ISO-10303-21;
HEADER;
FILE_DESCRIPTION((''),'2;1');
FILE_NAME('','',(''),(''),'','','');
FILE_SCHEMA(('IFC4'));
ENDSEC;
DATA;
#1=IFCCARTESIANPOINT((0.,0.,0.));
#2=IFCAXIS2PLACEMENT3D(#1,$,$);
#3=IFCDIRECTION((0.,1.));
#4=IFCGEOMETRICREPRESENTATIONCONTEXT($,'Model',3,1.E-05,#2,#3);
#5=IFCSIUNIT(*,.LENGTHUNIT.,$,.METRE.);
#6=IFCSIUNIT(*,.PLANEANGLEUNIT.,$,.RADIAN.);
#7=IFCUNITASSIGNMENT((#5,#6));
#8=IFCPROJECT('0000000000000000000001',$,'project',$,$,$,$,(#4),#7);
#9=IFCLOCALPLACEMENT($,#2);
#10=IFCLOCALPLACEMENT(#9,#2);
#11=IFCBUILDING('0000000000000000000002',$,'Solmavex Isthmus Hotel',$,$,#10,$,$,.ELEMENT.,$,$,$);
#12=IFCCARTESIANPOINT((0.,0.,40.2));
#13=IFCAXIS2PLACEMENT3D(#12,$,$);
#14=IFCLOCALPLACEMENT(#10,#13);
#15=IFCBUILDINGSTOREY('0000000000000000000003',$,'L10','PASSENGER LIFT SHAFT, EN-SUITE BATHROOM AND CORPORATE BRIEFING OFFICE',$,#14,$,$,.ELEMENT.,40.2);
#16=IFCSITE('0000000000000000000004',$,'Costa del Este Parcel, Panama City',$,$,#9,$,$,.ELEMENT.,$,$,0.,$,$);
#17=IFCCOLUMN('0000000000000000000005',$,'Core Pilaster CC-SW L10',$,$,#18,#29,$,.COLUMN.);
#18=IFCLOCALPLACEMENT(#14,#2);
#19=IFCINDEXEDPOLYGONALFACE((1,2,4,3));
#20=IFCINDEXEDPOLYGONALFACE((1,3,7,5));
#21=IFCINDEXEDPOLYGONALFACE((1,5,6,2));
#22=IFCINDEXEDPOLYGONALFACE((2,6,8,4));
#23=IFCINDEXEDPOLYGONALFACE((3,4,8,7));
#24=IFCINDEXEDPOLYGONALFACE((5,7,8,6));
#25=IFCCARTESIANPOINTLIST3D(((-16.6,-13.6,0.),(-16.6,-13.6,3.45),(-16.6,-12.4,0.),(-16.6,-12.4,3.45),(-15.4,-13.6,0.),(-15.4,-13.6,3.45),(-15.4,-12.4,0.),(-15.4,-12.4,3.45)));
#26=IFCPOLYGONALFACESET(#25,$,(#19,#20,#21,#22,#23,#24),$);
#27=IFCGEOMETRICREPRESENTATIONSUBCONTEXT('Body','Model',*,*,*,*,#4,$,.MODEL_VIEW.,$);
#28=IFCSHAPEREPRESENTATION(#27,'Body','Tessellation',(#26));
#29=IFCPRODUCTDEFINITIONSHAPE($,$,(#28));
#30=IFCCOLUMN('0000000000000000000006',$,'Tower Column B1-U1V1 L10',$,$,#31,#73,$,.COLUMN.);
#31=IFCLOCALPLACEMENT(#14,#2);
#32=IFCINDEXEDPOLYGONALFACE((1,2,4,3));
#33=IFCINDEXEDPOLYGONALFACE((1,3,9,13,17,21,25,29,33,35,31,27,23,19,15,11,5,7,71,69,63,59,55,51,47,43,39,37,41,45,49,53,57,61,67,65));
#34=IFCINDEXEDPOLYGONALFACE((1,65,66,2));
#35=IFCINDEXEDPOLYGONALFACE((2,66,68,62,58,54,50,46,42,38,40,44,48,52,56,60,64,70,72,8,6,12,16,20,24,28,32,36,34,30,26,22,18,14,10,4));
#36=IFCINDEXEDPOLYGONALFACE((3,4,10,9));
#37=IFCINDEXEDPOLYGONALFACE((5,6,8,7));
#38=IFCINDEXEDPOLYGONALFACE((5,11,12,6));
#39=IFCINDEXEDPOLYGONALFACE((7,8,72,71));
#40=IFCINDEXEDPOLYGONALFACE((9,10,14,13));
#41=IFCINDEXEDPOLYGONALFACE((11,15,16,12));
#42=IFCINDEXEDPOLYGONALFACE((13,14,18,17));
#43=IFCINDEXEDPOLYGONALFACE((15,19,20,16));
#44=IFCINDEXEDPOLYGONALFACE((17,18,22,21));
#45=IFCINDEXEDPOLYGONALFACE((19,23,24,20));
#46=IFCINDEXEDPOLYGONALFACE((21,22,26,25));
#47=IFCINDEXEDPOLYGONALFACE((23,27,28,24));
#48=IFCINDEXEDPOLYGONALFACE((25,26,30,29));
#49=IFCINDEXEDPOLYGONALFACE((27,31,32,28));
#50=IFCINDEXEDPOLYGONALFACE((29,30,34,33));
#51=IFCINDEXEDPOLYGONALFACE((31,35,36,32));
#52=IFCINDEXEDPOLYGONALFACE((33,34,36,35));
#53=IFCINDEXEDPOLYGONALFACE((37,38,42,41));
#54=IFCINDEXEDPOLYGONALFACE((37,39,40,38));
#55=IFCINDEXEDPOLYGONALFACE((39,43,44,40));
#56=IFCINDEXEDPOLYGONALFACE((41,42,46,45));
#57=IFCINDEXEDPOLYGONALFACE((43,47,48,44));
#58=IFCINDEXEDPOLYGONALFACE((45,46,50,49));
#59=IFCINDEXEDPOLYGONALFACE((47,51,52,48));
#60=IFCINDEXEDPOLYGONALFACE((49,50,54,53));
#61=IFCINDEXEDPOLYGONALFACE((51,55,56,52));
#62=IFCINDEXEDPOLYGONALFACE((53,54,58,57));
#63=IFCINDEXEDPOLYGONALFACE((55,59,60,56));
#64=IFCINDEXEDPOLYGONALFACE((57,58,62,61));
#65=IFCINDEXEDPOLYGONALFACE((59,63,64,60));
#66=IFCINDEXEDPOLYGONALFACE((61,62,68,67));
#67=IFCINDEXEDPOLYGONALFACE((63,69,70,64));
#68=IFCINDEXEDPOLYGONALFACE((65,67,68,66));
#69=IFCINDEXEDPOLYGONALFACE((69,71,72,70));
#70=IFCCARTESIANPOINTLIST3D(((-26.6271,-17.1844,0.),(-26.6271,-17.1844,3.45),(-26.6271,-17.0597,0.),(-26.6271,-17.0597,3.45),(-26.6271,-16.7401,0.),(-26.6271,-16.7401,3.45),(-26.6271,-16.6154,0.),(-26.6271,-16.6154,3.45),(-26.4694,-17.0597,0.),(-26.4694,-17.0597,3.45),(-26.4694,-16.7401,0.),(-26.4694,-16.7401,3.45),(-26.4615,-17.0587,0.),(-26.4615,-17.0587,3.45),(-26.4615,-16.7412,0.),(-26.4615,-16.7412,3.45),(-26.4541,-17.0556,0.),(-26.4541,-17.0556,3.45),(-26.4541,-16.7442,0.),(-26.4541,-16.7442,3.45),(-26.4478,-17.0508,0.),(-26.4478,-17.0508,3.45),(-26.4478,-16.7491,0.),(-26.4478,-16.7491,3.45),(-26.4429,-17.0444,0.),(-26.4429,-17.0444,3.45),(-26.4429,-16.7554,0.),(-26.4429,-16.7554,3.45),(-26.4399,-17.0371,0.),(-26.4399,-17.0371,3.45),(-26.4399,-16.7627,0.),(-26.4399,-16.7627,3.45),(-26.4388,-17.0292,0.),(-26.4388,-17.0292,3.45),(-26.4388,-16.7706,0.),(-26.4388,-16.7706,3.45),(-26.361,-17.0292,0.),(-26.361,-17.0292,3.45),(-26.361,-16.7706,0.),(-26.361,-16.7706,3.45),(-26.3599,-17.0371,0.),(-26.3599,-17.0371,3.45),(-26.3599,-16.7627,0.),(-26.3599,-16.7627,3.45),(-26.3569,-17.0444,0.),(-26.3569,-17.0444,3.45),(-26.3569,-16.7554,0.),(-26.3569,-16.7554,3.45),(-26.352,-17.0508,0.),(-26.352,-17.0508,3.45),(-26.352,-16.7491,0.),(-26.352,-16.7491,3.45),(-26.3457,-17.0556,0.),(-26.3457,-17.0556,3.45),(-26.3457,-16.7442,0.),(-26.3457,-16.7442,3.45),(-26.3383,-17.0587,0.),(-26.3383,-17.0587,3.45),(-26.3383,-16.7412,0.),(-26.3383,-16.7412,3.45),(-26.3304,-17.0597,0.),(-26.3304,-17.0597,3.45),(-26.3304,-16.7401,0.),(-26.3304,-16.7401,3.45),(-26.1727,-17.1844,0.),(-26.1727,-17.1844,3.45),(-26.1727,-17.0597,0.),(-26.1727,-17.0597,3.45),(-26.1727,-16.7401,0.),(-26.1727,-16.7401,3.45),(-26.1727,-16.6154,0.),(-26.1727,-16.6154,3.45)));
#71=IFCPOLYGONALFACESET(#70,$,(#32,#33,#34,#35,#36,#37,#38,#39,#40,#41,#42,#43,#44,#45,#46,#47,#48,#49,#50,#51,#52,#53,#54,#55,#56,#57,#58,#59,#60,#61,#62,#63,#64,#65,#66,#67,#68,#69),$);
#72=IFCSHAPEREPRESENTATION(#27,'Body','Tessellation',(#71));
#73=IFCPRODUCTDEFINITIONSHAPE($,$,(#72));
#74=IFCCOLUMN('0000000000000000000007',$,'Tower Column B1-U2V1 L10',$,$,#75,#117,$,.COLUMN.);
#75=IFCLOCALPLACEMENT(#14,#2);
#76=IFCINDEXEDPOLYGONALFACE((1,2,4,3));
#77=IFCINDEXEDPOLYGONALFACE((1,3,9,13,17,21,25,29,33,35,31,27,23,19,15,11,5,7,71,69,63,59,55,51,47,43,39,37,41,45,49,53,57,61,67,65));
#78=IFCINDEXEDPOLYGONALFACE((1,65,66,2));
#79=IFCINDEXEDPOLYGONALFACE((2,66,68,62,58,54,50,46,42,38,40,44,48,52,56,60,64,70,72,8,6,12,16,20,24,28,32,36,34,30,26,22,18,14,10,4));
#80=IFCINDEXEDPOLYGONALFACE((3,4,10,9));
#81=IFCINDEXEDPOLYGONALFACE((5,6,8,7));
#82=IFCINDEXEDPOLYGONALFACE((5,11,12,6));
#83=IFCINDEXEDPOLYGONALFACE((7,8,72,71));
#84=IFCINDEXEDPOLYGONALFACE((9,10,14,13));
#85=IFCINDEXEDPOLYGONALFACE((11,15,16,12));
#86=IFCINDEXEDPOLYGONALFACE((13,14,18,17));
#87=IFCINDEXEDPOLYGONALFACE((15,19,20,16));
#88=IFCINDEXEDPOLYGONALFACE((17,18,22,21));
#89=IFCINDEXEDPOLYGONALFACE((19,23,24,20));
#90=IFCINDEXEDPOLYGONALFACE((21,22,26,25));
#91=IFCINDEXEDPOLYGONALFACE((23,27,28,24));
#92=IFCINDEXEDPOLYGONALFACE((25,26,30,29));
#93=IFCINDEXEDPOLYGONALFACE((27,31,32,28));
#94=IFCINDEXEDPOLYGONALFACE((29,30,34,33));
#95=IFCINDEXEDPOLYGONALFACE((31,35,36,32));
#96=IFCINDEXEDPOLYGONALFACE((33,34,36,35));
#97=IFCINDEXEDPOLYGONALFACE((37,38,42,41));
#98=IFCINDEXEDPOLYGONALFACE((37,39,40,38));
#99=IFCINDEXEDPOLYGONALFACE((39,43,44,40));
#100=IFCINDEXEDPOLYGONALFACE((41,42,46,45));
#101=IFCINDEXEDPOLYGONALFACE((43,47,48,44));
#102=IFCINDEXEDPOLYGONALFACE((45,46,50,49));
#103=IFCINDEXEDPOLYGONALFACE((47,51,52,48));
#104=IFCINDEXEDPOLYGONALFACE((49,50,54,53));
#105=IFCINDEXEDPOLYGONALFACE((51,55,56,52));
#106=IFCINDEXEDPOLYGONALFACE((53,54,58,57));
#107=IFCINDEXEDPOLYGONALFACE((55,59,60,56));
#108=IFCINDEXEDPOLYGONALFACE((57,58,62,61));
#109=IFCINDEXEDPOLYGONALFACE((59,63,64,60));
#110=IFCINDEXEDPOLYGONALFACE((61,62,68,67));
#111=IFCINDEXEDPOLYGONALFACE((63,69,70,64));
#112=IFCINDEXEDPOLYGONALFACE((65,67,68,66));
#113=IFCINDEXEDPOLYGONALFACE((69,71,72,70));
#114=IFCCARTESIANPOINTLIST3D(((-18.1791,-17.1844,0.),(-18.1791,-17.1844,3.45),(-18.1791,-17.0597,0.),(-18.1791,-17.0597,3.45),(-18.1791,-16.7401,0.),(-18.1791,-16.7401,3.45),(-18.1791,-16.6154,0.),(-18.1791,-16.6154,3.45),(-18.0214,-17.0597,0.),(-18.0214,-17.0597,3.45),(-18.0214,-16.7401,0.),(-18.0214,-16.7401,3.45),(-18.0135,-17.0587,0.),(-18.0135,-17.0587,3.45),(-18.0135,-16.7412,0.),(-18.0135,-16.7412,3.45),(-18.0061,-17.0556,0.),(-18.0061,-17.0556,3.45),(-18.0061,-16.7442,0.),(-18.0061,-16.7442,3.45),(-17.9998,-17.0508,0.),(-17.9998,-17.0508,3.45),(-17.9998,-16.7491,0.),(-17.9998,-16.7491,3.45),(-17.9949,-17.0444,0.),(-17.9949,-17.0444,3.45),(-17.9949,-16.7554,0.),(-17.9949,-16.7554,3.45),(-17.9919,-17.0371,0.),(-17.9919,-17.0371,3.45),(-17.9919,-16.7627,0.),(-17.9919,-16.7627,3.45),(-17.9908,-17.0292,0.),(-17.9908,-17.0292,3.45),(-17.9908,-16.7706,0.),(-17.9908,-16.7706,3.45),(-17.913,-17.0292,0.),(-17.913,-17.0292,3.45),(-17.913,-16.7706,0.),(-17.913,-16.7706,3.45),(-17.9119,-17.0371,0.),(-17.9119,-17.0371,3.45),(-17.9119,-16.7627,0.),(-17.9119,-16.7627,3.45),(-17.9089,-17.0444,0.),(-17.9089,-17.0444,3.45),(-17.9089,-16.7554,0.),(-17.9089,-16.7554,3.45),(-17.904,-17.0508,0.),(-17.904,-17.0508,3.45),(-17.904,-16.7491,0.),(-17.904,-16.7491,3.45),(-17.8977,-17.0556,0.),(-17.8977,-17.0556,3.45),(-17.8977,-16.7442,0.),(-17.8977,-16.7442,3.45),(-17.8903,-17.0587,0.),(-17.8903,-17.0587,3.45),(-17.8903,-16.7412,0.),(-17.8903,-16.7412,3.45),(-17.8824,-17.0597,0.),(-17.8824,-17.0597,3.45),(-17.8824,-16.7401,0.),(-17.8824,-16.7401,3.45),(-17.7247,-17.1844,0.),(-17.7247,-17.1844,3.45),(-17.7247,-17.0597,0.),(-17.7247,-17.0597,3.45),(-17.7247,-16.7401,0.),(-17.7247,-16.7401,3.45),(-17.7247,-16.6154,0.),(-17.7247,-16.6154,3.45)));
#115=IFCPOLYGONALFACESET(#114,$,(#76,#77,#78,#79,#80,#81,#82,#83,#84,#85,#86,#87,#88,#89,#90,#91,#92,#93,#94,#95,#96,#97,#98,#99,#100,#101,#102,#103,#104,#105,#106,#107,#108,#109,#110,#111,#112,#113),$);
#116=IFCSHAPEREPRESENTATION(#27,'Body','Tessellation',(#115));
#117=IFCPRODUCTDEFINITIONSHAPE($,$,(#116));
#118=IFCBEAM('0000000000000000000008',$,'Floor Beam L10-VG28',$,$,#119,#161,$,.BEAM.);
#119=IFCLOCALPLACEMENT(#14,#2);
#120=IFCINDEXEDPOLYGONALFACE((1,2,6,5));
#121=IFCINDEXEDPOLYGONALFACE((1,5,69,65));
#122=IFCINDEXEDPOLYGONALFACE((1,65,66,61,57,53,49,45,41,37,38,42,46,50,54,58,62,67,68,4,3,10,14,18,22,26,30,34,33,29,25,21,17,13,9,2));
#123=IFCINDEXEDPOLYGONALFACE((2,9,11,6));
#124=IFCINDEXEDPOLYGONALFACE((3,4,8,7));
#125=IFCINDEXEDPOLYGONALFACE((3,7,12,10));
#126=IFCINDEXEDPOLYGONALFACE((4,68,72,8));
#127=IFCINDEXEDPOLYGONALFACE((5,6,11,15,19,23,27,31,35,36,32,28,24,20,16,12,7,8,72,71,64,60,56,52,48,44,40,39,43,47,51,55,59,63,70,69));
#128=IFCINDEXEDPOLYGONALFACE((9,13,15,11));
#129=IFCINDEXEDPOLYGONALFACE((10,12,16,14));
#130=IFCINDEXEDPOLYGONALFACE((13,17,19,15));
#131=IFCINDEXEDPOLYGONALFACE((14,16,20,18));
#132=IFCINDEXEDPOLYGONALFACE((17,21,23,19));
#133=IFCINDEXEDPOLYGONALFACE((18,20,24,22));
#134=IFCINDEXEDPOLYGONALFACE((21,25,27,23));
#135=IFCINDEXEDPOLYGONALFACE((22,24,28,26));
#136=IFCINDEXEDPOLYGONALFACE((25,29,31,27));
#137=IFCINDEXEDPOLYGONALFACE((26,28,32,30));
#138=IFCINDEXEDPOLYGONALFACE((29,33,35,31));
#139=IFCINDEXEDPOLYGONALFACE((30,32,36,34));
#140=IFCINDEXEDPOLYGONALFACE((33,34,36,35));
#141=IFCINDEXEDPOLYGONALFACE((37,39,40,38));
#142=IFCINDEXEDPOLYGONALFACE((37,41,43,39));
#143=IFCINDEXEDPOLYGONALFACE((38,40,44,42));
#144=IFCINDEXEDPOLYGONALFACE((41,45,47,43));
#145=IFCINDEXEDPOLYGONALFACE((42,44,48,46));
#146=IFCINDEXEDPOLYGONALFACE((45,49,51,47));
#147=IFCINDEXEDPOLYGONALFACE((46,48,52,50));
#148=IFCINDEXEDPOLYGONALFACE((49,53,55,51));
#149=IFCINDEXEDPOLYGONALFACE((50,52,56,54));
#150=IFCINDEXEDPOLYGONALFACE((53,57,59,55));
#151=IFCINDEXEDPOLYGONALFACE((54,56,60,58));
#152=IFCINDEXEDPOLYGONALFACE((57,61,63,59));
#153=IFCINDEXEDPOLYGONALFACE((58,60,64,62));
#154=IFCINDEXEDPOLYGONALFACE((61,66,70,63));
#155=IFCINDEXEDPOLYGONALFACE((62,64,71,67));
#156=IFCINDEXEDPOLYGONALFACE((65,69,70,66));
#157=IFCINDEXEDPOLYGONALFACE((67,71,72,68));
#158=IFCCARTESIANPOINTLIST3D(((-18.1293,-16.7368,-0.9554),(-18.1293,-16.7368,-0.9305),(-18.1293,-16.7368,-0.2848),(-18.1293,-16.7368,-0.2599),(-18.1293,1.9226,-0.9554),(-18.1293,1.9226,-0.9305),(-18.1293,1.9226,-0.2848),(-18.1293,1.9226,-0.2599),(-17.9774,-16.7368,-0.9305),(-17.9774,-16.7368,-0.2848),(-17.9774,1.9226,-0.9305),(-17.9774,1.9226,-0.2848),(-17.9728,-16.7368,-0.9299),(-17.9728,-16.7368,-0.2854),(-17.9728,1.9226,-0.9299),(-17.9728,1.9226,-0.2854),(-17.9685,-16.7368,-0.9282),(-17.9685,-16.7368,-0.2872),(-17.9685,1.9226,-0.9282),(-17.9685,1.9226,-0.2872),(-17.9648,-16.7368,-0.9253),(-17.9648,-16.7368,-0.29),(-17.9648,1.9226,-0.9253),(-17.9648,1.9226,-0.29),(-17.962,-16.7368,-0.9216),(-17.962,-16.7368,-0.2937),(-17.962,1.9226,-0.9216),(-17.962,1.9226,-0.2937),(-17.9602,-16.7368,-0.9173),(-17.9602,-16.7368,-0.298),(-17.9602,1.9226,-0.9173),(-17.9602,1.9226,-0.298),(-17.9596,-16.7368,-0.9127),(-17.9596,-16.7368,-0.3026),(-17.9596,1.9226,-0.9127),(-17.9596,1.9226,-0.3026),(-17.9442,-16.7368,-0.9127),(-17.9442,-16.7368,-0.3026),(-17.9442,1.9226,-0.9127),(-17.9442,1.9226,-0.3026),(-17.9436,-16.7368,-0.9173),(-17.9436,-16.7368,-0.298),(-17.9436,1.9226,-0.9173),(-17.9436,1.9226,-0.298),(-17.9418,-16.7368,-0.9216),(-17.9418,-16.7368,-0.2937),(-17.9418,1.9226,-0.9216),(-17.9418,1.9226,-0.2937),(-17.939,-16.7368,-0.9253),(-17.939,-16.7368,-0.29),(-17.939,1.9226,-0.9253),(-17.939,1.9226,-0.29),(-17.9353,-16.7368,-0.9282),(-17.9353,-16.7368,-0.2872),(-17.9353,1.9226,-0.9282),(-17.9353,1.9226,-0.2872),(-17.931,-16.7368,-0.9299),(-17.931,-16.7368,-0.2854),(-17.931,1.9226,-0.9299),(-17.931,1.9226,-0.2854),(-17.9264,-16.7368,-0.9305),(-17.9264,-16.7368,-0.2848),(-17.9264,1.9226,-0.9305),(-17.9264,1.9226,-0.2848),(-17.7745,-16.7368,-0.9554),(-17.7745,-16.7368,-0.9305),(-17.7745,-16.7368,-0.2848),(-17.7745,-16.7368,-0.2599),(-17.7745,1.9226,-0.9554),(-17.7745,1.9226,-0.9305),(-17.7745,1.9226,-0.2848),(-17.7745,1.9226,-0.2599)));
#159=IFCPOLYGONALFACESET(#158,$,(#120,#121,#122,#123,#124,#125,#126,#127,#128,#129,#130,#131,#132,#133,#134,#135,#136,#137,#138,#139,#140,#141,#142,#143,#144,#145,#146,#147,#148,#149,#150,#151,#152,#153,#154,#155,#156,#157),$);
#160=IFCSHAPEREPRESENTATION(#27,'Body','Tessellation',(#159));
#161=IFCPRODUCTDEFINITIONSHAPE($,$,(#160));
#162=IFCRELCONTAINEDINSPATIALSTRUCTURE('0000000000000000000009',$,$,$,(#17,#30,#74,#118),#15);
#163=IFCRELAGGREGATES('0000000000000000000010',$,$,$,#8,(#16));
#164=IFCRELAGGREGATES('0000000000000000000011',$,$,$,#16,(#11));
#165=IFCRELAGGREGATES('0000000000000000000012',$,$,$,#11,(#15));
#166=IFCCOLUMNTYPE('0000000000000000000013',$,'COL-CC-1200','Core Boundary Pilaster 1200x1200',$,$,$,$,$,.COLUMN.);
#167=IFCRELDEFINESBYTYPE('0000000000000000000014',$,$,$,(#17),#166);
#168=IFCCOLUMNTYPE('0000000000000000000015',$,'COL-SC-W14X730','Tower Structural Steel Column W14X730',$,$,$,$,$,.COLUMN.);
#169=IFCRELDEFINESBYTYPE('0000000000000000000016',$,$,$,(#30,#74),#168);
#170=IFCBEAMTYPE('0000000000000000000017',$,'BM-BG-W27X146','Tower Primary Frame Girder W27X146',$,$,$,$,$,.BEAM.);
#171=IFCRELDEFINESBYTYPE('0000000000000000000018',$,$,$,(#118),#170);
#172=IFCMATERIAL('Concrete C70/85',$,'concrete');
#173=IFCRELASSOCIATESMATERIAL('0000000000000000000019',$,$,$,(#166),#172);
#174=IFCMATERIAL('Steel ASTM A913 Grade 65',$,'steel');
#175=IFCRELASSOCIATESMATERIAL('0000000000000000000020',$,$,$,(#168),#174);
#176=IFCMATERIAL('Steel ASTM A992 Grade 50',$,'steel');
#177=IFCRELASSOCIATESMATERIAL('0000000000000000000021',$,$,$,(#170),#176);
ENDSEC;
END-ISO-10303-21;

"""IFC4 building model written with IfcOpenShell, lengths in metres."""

from ifc_helpers import new_model, si_unit, direction, frame, origin, origin_2d, place, context, subcontext, project, spatial, rectangle, i_section, extrude, material, material_profile, profile_set, type_object, element, save


model = new_model("IFC4")

# Units and contexts
model_context = context("Model", 3, precision=1e-05, world=origin(), true_north=direction((0.0, 1.0)))
body_context = subcontext(model_context, "Body", "Model", "MODEL_VIEW")
ifc_project = project(units=[si_unit("LENGTHUNIT", "METRE"), si_unit("PLANEANGLEUNIT", "RADIAN")], contexts=[model_context])

# Site, building, storey
site_placement = place(None, origin())
site = spatial("IfcSite", under=ifc_project, at=site_placement, Name="Costa del Este Parcel, Panama City", CompositionType="ELEMENT", RefElevation=0.0)
building_placement = place(site_placement, origin())
building = spatial("IfcBuilding", under=site, at=building_placement, Name="Solmavex Isthmus Hotel", CompositionType="ELEMENT")
storey_placement = place(building_placement, frame((0.0, 0.0, 40.2)))
storey = spatial("IfcBuildingStorey", under=building, at=storey_placement, Name="L10", Description="PASSENGER LIFT SHAFT, EN-SUITE BATHROOM AND CORPORATE BRIEFING OFFICE", CompositionType="ELEMENT", Elevation=40.2)

# Columns
ifc_material_1 = material(Name="Concrete C70/85", Category="concrete")
ifc_material_profile_1 = material_profile(ifc_material_1, rectangle(XDim=1.2, YDim=1.2, at=origin_2d()), Name="RC1200X1200")
ifc_profile_set_1 = profile_set([ifc_material_profile_1], Name="Concrete C70/85")
column_type_1 = type_object("IfcColumnType", Name="COL-CC-1200", Description="Core Boundary Pilaster 1200x1200", PredefinedType="COLUMN", material=ifc_profile_set_1)
column_placement = place(storey_placement, frame((-16.0, -13.0, 0.0), z_axis=(0.0, 0.0, 1.0), x_axis=(1.0, 0.0, 0.0)))
element("IfcColumn", 1, at=column_placement, inside=storey, type_object=column_type_1, Name="Core Pilaster CC-SW L10", PredefinedType="COLUMN", context=body_context, shape_type="SweptSolid", body=[
    extrude(rectangle(XDim=1.2, YDim=1.2, at=origin_2d()), origin(), (0.0, 0.0, 1.0), 3.45),
])
ifc_material_2 = material(Name="Steel ASTM A913 Grade 65", Category="steel")
ifc_material_profile_2 = material_profile(ifc_material_2, i_section(OverallWidth=0.4543, OverallDepth=0.5691, WebThickness=0.0779, FlangeThickness=0.1248, FilletRadius=0.0305, at=origin_2d()), Name="W14X730")
ifc_profile_set_2 = profile_set([ifc_material_profile_2], Name="Steel ASTM A913 Grade 65")
column_type_2 = type_object("IfcColumnType", Name="COL-SC-W14X730", Description="Tower Structural Steel Column W14X730", PredefinedType="COLUMN", material=ifc_profile_set_2)
for number, where, z_axis, x_axis, name in (
    (2, (-26.3999, -16.8999, 0.0), (0.0, 0.0, 1.0), (1.0, 0.0, 0.0), "Tower Column B1-U1V1 L10"),
    (3, (-17.9519, -16.8999, 0.0), (0.0, 0.0, 1.0), (1.0, 0.0, 0.0), "Tower Column B1-U2V1 L10"),
):
    element("IfcColumn", number, at=place(storey_placement, frame(where, z_axis=z_axis, x_axis=x_axis)), inside=storey, type_object=column_type_2, Name=name, PredefinedType="COLUMN", context=body_context, shape_type="SweptSolid", body=[
        extrude(i_section(OverallWidth=0.4543, OverallDepth=0.5691, WebThickness=0.0779, FlangeThickness=0.1248, FilletRadius=0.0305, at=origin_2d()), origin(), (0.0, 0.0, 1.0), 3.45),
    ])

# Beam
ifc_material_3 = material(Name="Steel ASTM A992 Grade 50", Category="steel")
ifc_material_profile_3 = material_profile(ifc_material_3, i_section(OverallWidth=0.3547, OverallDepth=0.6956, WebThickness=0.0154, FlangeThickness=0.0249, FilletRadius=0.0178, at=origin_2d()), Name="W27X146")
ifc_profile_set_3 = profile_set([ifc_material_profile_3], Name="Steel ASTM A992 Grade 50")
beam_type_1 = type_object("IfcBeamType", Name="BM-BG-W27X146", Description="Tower Primary Frame Girder W27X146", PredefinedType="BEAM", material=ifc_profile_set_3)
beam_1_placement = place(storey_placement, frame((-17.9519, -16.7368, -0.6077), z_axis=(0.0, 1.0, 0.0), x_axis=(-1.0, 0.0, 0.0)))
element("IfcBeam", 4, at=beam_1_placement, inside=storey, type_object=beam_type_1, Name="Floor Beam L10-VG28", PredefinedType="BEAM", context=body_context, shape_type="SweptSolid", body=[
    extrude(i_section(OverallWidth=0.3547, OverallDepth=0.6956, WebThickness=0.0154, FlangeThickness=0.0249, FilletRadius=0.0178, at=origin_2d()), origin(), (0.0, 0.0, 1.0), 18.6594),
])

save(model, "model.ifc")
